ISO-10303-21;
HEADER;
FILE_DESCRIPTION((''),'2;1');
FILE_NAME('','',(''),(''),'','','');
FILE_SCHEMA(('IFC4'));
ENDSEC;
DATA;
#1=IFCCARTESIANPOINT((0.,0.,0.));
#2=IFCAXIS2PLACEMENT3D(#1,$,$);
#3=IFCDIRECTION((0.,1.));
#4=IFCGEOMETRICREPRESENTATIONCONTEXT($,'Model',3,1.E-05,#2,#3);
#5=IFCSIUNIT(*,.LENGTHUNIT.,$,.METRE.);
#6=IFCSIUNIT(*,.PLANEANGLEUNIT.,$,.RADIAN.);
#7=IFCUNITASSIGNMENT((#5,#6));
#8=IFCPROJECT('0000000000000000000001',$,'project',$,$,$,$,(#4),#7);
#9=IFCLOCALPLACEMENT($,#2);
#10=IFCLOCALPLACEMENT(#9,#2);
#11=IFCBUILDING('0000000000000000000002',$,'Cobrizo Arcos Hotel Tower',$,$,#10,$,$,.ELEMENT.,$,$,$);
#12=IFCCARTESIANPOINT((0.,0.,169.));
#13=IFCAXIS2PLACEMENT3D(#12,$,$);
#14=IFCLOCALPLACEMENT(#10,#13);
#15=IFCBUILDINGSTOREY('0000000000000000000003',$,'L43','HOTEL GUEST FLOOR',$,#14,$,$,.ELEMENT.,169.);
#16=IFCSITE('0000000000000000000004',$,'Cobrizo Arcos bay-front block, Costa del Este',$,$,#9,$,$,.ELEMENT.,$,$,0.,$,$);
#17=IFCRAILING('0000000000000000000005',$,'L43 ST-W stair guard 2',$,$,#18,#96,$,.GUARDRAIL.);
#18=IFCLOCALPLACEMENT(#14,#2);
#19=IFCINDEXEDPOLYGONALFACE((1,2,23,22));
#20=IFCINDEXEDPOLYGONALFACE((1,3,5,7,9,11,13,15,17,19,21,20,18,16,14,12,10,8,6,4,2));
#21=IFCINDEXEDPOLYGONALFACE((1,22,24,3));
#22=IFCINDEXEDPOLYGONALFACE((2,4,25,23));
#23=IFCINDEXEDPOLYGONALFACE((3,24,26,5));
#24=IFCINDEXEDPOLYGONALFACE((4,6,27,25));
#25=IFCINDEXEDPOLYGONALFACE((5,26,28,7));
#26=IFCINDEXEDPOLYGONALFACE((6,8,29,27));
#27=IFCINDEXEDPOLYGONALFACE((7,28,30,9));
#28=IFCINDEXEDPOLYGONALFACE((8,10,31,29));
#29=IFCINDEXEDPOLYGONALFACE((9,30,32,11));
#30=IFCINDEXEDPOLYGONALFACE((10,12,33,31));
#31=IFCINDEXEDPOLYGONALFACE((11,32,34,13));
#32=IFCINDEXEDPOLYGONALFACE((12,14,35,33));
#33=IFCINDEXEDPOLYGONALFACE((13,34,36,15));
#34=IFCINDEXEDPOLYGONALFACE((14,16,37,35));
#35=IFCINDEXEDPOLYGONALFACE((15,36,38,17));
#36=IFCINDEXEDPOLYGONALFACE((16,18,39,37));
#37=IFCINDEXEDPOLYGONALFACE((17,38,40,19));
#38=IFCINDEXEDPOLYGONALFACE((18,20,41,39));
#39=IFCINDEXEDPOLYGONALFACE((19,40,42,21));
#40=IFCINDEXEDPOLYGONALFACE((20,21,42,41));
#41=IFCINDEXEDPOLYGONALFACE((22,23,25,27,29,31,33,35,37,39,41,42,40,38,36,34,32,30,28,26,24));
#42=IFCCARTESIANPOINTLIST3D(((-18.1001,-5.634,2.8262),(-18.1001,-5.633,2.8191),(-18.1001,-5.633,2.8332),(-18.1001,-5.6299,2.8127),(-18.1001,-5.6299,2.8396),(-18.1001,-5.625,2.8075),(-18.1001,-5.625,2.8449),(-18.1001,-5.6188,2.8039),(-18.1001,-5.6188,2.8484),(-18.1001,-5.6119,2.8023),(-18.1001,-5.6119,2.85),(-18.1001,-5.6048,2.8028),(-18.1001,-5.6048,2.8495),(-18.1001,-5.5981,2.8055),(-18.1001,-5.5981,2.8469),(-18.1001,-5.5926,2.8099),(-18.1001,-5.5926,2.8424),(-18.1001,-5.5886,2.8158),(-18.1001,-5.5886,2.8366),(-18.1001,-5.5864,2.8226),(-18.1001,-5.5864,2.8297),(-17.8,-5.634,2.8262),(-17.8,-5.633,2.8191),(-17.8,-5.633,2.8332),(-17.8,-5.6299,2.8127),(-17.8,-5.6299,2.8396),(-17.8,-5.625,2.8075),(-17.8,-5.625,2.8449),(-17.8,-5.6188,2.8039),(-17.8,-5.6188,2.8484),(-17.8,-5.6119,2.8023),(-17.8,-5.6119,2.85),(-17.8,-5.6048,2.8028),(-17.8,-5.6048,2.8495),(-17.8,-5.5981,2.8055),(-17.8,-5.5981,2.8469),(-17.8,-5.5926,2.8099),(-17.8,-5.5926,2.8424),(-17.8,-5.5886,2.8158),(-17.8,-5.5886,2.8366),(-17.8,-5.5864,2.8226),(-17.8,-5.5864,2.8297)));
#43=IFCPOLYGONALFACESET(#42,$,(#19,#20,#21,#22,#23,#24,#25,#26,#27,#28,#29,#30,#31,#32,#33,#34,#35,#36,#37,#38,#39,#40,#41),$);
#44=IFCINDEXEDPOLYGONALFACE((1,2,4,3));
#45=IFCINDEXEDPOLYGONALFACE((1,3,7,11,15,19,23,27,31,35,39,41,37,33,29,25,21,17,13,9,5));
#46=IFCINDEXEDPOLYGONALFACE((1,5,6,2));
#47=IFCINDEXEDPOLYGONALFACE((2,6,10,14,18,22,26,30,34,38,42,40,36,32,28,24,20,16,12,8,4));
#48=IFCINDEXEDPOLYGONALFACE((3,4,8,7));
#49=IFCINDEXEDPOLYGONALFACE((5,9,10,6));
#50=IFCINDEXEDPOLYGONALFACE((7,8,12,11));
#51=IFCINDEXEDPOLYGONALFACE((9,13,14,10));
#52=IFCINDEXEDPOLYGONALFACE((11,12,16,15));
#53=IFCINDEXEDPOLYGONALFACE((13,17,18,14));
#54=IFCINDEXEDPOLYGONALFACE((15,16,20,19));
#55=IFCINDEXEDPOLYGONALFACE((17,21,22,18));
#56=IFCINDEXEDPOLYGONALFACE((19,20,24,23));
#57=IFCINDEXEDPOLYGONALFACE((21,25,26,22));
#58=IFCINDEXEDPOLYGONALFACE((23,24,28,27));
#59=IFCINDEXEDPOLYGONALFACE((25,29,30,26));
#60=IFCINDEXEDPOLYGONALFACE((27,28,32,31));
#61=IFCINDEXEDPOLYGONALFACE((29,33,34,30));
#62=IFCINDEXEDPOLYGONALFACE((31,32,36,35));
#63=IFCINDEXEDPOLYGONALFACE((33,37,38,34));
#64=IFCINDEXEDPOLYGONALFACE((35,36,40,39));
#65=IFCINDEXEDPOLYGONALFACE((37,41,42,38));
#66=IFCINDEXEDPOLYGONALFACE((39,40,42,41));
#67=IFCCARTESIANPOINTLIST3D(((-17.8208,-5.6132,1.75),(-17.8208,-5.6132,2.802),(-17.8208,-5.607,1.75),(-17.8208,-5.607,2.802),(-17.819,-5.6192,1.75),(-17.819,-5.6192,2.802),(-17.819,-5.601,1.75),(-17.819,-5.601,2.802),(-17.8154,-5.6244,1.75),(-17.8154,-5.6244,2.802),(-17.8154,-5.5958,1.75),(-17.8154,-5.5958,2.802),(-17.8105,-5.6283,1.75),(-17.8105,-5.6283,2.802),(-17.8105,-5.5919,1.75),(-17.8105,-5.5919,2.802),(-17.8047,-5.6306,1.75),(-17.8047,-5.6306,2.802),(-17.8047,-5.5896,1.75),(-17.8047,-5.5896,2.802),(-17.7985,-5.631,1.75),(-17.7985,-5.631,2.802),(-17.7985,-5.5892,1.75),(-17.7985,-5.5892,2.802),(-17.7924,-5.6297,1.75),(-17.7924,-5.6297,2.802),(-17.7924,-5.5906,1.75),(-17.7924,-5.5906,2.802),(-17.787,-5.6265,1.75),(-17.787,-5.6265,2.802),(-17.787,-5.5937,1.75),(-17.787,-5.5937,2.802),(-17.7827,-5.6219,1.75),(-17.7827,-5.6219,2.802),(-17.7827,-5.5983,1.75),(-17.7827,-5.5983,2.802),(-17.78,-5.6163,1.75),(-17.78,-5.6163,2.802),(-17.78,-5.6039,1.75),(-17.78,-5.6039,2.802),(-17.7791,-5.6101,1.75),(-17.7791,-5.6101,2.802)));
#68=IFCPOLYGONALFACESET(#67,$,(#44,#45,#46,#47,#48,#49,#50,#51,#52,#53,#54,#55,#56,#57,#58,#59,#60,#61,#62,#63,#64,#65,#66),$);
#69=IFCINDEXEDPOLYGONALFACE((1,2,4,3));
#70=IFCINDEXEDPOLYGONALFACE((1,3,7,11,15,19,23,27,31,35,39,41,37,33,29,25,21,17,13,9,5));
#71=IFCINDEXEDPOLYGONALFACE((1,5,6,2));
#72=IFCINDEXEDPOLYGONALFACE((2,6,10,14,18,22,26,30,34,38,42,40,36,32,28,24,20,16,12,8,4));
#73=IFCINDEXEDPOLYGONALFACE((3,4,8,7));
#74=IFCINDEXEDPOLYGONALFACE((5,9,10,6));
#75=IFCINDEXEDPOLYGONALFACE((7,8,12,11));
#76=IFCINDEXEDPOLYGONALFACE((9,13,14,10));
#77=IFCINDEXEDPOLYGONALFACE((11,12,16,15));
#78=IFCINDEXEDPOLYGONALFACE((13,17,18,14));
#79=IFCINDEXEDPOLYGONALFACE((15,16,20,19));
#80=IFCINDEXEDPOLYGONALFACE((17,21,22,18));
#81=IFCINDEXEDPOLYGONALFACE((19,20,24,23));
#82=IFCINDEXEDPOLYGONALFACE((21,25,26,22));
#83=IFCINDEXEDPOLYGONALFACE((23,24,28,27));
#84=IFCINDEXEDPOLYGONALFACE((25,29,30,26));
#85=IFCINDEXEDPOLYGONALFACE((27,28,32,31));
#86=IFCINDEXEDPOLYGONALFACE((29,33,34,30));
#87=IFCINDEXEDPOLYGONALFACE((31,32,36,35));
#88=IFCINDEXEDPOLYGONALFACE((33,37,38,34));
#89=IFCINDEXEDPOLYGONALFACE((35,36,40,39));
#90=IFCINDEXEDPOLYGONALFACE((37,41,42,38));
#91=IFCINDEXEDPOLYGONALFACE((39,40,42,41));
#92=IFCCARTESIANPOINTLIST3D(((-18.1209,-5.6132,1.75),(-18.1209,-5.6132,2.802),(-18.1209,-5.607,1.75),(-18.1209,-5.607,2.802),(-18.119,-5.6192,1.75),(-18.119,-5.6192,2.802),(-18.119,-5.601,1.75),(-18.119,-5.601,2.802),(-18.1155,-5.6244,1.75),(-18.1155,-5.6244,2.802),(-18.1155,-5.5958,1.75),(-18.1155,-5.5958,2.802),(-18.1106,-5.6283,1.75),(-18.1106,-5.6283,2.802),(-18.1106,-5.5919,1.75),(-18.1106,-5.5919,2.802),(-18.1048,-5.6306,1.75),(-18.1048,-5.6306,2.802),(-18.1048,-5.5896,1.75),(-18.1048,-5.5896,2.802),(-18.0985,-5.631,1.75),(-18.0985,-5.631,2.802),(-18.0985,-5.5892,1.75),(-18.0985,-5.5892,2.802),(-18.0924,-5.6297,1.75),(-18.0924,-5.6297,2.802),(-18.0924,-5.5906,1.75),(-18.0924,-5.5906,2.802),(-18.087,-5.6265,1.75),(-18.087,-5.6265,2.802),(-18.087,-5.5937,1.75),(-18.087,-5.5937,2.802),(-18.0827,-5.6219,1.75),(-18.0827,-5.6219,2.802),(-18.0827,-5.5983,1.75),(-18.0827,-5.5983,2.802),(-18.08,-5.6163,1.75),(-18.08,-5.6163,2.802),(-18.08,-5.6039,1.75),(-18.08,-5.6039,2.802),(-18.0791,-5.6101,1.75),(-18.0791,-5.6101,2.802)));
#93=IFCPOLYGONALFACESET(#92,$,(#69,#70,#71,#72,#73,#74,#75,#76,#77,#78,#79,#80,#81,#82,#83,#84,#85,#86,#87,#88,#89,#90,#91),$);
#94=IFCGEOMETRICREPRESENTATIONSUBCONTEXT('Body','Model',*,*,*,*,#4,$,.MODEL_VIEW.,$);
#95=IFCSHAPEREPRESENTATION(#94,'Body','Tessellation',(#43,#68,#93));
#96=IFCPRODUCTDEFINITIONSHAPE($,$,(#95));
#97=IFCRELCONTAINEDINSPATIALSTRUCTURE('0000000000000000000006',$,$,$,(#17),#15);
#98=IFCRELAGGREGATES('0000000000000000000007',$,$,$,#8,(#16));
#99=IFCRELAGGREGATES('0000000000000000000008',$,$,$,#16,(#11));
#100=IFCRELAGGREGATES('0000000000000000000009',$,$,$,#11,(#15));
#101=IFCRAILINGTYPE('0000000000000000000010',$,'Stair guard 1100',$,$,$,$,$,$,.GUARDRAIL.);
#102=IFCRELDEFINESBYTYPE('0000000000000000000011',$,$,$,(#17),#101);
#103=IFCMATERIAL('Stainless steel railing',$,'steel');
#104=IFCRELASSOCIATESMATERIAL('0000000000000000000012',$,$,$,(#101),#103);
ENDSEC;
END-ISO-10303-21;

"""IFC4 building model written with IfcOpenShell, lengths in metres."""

from ifc_helpers import new_model, si_unit, direction, frame, origin, origin_2d, place, context, subcontext, project, spatial, circle, extrude, material, type_object, element, save


model = new_model("IFC4")

# Units and contexts
model_context = context("Model", 3, precision=1e-05, world=origin(), true_north=direction((0.0, 1.0)))
body_context = subcontext(model_context, "Body", "Model", "MODEL_VIEW")
ifc_project = project(units=[si_unit("LENGTHUNIT", "METRE"), si_unit("PLANEANGLEUNIT", "RADIAN")], contexts=[model_context])

# Site, building, storey
site_placement = place(None, origin())
site = spatial("IfcSite", under=ifc_project, at=site_placement, Name="Cobrizo Arcos bay-front block, Costa del Este", CompositionType="ELEMENT", RefElevation=0.0)
building_placement = place(site_placement, origin())
building = spatial("IfcBuilding", under=site, at=building_placement, Name="Cobrizo Arcos Hotel Tower", CompositionType="ELEMENT")
storey_placement = place(building_placement, frame((0.0, 0.0, 169.0)))
storey = spatial("IfcBuildingStorey", under=building, at=storey_placement, Name="L43", Description="HOTEL GUEST FLOOR", CompositionType="ELEMENT", Elevation=169.0)

# Railing
ifc_material_1 = material(Name="Stainless steel railing", Category="steel")
railing_type_1 = type_object("IfcRailingType", Name="Stair guard 1100", PredefinedType="GUARDRAIL", material=ifc_material_1)
railing_1_placement = place(storey_placement, frame((-17.8, -5.6101, 1.75)))
element("IfcRailing", 1, at=railing_1_placement, inside=storey, type_object=railing_type_1, Name="L43 ST-W stair guard 2", PredefinedType="GUARDRAIL", context=body_context, shape_type="SweptSolid", body=[
    extrude(circle(Radius=0.0239, at=origin_2d()), frame((0.0, 0.0, 1.0762), z_axis=(-1.0, 0.0, 0.0), x_axis=(0.0, -1.0, 0.0)), (0.0, 0.0, 1.0), 0.3),
    extrude(circle(Radius=0.021, at=origin_2d()), origin(), (0.0, 0.0, 1.0), 1.052),
    extrude(circle(Radius=0.021, at=origin_2d()), frame((-0.3, 0.0, 0.0)), (0.0, 0.0, 1.0), 1.052),
])

save(model, "model.ifc")
